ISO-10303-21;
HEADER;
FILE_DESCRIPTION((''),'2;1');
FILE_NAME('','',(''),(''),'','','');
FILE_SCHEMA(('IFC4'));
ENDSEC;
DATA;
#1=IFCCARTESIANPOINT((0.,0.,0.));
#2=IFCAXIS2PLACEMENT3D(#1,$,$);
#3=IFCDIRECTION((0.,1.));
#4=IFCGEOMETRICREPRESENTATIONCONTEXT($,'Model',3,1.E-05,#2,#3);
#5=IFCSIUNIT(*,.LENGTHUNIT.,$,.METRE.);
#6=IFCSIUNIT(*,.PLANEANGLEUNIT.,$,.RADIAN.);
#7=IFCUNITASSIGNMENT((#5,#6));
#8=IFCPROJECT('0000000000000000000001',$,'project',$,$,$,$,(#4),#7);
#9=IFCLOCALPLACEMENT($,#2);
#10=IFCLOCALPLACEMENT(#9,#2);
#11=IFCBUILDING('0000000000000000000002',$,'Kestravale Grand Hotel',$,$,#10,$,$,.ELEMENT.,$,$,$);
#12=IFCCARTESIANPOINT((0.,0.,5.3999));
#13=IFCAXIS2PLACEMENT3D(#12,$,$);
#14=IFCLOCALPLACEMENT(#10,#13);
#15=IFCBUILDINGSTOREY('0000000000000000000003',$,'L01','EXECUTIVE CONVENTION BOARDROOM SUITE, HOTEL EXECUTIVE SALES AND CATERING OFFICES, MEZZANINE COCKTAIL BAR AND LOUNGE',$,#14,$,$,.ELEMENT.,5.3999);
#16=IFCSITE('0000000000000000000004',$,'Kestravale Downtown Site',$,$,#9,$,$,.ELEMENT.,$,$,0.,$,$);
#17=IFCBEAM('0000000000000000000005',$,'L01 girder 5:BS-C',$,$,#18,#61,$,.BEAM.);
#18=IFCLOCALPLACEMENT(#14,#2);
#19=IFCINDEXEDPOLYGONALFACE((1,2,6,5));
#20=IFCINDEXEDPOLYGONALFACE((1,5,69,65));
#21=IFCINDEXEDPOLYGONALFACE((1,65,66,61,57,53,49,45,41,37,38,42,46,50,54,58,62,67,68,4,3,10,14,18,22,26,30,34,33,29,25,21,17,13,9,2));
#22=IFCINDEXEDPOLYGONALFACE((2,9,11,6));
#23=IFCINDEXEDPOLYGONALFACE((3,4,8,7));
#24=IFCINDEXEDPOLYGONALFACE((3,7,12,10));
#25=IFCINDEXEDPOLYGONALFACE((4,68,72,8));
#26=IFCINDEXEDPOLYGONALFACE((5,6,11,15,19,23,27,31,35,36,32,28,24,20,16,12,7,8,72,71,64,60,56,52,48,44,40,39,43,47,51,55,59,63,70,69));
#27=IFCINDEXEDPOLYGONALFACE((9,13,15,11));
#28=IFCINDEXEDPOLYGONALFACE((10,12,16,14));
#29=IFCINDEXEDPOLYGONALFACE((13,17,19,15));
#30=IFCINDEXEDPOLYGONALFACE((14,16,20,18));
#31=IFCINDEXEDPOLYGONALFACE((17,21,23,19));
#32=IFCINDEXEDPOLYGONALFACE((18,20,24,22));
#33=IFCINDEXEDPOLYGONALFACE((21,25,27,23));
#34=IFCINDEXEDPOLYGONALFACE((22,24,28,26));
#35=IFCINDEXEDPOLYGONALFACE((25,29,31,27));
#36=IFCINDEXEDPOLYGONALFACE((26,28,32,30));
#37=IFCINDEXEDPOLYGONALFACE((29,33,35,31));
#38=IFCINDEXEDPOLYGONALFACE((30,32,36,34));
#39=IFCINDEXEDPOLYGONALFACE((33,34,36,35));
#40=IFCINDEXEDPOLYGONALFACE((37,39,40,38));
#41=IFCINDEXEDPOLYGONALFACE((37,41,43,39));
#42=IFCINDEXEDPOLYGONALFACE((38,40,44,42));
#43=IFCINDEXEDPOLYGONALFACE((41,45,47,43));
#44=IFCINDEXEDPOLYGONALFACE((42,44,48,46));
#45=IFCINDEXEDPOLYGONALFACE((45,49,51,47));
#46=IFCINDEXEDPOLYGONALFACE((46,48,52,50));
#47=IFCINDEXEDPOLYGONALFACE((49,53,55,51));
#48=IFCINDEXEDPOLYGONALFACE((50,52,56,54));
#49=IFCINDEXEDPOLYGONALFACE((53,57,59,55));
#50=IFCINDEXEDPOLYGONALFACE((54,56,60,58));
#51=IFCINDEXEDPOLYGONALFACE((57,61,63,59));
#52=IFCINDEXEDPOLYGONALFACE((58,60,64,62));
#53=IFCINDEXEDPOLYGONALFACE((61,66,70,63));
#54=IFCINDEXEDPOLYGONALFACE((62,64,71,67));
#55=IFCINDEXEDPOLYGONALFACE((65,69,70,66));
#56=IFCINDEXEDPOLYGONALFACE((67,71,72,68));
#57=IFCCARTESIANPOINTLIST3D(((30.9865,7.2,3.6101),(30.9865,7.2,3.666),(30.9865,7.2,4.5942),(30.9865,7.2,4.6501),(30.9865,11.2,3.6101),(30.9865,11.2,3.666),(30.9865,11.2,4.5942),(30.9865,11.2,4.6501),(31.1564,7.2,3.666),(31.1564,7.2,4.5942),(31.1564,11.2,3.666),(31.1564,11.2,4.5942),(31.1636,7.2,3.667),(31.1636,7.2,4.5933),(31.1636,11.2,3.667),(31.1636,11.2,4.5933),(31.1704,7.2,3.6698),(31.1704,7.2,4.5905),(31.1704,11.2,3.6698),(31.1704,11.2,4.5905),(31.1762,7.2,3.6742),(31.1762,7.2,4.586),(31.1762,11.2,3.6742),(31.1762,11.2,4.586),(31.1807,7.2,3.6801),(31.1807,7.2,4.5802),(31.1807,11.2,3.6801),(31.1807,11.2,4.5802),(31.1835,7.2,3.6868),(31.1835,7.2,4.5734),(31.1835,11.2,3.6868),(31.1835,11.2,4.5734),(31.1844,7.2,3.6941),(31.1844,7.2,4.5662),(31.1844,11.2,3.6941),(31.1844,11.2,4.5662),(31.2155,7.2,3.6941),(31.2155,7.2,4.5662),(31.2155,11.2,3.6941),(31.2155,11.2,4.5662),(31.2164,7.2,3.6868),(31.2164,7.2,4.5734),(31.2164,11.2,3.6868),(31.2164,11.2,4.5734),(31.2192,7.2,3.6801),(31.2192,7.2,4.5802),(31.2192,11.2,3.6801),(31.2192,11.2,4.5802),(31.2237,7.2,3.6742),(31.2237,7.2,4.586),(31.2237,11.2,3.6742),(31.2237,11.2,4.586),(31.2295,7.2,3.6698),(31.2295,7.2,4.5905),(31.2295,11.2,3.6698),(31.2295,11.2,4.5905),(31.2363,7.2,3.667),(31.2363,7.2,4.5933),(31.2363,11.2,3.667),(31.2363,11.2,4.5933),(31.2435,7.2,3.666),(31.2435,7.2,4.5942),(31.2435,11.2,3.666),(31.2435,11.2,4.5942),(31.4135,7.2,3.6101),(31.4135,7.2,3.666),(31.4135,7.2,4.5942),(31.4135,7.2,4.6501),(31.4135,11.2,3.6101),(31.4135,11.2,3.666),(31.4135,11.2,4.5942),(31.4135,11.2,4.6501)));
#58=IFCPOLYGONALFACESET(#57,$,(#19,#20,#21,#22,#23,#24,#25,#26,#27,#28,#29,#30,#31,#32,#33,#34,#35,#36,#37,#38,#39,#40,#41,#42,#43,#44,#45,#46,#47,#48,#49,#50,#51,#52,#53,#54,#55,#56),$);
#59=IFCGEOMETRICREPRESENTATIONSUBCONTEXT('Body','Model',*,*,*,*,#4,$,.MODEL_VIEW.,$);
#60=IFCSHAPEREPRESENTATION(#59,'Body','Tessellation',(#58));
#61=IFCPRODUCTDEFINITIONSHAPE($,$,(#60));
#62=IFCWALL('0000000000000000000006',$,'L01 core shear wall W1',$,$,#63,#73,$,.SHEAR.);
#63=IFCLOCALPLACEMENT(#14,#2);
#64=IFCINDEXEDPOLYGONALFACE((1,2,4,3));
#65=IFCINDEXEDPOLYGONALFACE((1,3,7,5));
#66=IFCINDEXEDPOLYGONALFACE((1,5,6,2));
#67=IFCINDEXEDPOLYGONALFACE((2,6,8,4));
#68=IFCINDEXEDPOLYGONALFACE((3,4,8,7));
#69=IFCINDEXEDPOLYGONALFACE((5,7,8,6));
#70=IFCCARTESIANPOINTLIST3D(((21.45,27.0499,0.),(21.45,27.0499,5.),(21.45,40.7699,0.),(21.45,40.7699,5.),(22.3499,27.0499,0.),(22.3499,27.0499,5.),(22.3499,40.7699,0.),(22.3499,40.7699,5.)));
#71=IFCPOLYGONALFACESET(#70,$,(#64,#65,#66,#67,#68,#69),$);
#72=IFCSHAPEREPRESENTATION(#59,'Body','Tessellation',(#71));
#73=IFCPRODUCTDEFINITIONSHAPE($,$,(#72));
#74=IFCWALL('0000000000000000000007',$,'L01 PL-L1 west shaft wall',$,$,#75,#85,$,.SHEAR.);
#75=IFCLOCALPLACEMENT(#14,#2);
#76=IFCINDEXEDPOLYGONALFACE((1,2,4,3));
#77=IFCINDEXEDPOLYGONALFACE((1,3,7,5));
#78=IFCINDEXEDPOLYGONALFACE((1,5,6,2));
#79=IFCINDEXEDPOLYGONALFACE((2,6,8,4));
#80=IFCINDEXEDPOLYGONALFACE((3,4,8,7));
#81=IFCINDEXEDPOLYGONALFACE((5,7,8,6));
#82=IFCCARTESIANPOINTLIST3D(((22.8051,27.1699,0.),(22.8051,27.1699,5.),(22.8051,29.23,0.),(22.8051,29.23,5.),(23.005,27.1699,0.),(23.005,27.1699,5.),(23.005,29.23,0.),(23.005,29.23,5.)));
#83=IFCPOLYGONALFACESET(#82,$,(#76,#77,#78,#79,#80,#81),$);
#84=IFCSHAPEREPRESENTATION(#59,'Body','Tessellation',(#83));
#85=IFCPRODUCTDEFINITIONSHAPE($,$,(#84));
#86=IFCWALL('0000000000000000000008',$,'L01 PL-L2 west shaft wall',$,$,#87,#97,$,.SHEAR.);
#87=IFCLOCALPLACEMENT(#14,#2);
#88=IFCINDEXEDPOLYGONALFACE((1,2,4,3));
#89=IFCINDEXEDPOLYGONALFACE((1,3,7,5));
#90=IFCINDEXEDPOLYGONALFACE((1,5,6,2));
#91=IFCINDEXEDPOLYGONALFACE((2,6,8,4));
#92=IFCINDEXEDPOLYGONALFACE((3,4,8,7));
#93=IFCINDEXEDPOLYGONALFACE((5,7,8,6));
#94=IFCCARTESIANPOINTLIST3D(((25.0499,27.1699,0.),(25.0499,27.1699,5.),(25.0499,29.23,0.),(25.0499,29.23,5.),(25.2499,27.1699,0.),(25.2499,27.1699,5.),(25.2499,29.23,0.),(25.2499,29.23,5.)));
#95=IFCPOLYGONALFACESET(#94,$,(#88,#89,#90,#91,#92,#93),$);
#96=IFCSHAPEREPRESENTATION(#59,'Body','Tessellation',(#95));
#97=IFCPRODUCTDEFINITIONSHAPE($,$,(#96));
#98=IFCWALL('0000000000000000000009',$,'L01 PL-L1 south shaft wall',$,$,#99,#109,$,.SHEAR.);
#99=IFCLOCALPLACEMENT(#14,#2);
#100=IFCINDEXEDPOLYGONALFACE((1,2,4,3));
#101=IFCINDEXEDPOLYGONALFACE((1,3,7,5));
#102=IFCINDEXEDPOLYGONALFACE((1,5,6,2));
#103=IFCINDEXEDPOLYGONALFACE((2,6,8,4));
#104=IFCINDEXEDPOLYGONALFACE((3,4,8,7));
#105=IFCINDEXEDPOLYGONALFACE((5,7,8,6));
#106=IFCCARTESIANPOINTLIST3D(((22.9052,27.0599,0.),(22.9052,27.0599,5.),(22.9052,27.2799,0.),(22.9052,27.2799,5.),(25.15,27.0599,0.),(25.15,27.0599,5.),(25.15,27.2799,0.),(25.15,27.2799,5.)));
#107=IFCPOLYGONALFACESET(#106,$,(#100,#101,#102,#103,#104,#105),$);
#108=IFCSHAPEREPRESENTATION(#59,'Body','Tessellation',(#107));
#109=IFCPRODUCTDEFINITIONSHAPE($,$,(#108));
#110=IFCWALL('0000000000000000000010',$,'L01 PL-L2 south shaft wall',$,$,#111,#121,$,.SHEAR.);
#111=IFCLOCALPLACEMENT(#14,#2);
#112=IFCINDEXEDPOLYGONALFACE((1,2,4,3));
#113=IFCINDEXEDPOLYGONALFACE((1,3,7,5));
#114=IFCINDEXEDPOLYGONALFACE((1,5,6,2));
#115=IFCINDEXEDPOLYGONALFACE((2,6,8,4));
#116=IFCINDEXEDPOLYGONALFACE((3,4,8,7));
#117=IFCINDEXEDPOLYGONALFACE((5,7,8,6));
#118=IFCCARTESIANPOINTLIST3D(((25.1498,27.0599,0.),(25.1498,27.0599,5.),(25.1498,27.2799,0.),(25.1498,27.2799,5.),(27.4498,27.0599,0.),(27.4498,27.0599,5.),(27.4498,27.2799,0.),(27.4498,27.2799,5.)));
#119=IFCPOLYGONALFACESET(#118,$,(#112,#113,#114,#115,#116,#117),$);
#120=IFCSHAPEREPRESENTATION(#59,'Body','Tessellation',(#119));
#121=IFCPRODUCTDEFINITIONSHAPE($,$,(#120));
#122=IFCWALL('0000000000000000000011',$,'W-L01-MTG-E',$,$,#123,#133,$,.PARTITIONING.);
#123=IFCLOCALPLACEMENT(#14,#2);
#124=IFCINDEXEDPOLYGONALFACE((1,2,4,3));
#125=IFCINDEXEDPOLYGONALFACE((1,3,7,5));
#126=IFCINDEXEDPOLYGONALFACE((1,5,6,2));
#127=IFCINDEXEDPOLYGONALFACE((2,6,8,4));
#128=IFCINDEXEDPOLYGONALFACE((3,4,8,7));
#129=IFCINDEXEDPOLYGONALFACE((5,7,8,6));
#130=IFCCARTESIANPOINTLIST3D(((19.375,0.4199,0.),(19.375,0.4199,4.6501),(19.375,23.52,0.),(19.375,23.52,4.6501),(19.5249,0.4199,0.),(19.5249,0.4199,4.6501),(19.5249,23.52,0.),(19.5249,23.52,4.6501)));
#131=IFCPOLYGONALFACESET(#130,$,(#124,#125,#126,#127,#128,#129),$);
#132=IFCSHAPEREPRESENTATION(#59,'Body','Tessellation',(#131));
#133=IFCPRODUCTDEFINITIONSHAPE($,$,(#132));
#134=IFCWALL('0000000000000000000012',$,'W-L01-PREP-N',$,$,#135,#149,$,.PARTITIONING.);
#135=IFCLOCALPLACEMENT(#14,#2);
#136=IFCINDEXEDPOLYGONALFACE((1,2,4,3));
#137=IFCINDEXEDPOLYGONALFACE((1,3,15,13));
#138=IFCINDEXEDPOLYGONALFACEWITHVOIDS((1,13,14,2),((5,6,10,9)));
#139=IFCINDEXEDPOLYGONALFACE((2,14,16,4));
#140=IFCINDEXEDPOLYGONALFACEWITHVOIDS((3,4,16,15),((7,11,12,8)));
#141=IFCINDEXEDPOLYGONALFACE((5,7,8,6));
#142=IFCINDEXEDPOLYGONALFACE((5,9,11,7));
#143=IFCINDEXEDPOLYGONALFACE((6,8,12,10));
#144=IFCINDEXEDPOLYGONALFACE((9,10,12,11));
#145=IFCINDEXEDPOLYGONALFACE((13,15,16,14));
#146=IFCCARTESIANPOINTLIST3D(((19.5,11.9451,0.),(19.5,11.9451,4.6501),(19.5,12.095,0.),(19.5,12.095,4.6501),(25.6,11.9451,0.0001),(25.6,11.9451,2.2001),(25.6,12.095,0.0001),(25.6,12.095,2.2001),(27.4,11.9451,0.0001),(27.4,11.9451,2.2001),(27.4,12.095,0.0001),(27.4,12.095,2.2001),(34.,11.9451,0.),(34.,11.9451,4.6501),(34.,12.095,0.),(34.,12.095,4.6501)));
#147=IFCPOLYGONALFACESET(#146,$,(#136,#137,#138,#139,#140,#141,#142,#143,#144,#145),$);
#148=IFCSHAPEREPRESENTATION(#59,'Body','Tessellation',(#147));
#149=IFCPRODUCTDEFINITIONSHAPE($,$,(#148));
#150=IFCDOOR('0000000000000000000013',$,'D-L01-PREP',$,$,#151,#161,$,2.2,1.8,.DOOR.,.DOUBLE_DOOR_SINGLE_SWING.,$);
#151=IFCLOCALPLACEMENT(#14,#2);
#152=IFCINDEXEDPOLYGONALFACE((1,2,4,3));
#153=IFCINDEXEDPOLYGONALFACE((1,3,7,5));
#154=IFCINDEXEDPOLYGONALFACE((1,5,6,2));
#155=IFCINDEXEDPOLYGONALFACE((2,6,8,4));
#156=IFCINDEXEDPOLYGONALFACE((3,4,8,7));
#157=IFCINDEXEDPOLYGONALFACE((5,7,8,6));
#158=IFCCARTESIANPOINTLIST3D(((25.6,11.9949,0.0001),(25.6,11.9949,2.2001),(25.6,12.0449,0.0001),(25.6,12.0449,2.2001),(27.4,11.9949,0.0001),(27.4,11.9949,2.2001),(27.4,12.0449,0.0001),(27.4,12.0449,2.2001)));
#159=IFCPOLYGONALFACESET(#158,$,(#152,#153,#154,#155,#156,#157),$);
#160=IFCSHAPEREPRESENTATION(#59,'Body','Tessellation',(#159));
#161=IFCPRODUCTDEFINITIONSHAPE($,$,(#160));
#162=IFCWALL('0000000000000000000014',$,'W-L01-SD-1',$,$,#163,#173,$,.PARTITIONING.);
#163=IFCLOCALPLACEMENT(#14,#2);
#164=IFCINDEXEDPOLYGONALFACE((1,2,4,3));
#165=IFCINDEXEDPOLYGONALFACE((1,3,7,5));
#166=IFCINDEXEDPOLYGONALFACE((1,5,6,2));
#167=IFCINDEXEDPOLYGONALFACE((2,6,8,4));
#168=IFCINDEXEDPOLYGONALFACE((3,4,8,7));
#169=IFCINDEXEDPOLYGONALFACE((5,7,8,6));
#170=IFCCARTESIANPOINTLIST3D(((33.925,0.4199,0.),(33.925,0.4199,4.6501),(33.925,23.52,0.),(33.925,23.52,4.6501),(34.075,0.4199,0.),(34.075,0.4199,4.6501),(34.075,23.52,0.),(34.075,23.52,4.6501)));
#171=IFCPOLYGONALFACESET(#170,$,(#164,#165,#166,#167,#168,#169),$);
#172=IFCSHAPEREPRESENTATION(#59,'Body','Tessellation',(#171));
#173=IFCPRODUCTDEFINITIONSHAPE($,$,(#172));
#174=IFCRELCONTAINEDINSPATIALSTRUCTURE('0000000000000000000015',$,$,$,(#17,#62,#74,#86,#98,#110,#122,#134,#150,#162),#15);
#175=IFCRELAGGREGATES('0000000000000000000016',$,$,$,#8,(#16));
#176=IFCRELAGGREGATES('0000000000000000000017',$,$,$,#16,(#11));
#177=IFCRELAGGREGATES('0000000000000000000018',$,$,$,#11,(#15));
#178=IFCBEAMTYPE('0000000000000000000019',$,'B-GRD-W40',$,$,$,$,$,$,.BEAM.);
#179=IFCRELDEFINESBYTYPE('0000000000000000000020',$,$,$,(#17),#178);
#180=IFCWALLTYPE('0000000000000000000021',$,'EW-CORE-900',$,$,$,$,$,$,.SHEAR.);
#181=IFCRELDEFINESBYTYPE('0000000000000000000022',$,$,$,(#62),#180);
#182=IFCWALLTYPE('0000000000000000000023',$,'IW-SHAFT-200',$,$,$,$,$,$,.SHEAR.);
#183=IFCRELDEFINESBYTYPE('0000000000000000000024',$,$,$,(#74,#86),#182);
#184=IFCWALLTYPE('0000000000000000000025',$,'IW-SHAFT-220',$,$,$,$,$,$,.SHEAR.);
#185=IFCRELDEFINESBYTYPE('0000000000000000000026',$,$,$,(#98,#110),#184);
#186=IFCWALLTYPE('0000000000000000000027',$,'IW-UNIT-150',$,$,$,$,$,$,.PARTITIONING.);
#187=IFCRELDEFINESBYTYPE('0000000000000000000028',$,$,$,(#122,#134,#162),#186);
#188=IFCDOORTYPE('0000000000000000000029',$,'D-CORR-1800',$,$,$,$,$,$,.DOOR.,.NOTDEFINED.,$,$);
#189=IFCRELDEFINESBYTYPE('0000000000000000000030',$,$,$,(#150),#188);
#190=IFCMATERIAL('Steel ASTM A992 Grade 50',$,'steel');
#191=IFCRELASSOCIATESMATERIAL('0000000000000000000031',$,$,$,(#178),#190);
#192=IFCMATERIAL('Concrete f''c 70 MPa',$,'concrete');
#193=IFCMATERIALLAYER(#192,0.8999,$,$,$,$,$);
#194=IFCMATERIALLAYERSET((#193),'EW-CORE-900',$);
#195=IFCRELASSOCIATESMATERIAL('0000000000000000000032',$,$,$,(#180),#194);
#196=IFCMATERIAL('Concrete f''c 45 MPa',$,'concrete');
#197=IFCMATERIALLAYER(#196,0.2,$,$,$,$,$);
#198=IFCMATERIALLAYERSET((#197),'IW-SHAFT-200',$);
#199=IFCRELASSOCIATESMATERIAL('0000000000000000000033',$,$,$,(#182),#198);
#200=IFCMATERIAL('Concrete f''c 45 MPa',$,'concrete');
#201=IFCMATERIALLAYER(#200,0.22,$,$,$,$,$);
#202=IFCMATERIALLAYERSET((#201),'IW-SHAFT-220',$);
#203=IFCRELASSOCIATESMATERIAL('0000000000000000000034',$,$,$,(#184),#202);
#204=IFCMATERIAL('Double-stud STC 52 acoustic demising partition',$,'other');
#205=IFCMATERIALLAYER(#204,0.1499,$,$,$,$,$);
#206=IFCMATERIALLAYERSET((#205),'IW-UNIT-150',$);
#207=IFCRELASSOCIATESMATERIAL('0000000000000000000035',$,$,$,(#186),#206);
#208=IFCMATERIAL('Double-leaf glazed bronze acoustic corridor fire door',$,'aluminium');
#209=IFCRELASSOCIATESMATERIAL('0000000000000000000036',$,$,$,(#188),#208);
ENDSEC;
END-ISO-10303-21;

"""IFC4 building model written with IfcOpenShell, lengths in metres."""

from ifc_helpers import new_model, si_unit, direction, frame, frame_2d, origin, origin_2d, place, context, subcontext, project, spatial, rectangle, i_section, extrude, material, layer, layer_set, material_profile, profile_set, type_object, element, fill, save


model = new_model("IFC4")

# Units and contexts
model_context = context("Model", 3, precision=1e-05, world=origin(), true_north=direction((0.0, 1.0)))
body_context = subcontext(model_context, "Body", "Model", "MODEL_VIEW")
ifc_project = project(units=[si_unit("LENGTHUNIT", "METRE"), si_unit("PLANEANGLEUNIT", "RADIAN")], contexts=[model_context])

# Site, building, storey
site_placement = place(None, origin())
site = spatial("IfcSite", under=ifc_project, at=site_placement, Name="Kestravale Downtown Site", CompositionType="ELEMENT", RefElevation=0.0)
building_placement = place(site_placement, origin())
building = spatial("IfcBuilding", under=site, at=building_placement, Name="Kestravale Grand Hotel", CompositionType="ELEMENT")
storey_placement = place(building_placement, frame((0.0, 0.0, 5.3999)))
storey = spatial("IfcBuildingStorey", under=building, at=storey_placement, Name="L01", Description="EXECUTIVE CONVENTION BOARDROOM SUITE, HOTEL EXECUTIVE SALES AND CATERING OFFICES, MEZZANINE COCKTAIL BAR AND LOUNGE", CompositionType="ELEMENT", Elevation=5.3999)

# Beam
ifc_material_1 = material(Name="Steel ASTM A992 Grade 50", Category="steel")
ifc_material_profile_1 = material_profile(ifc_material_1, i_section(OverallWidth=0.427, OverallDepth=1.04, WebThickness=0.031, FlangeThickness=0.0559, FilletRadius=0.0281, at=origin_2d()))
ifc_profile_set_1 = profile_set([ifc_material_profile_1], Name="Steel ASTM A992 Grade 50")
beam_type_1 = type_object("IfcBeamType", Name="B-GRD-W40", PredefinedType="BEAM", material=ifc_profile_set_1)
beam_1_placement = place(storey_placement, frame((31.2, 7.2, 4.1301), z_axis=(0.0, 1.0, 0.0), x_axis=(-1.0, 0.0, 0.0)))
element("IfcBeam", 1, at=beam_1_placement, inside=storey, type_object=beam_type_1, Name="L01 girder 5:BS-C", PredefinedType="BEAM", context=body_context, shape_type="SweptSolid", body=[
    extrude(i_section(OverallWidth=0.427, OverallDepth=1.04, WebThickness=0.031, FlangeThickness=0.0559, FilletRadius=0.0281, at=origin_2d()), origin(), (0.0, 0.0, 1.0), 4.0),
])

# Walls
ifc_material_2 = material(Name="Concrete f'c 70 MPa", Category="concrete")
ifc_layer_1 = layer(ifc_material_2, 0.8999)
ifc_layer_set_1 = layer_set([ifc_layer_1], Name="EW-CORE-900")
wall_type_1 = type_object("IfcWallType", Name="EW-CORE-900", PredefinedType="SHEAR", material=ifc_layer_set_1)
wall_1_placement = place(storey_placement, frame((21.8999, 27.05, 0.0), z_axis=(0.0, 0.0, 1.0), x_axis=(0.0, 1.0, 0.0)))
element("IfcWall", 2, at=wall_1_placement, inside=storey, type_object=wall_type_1, Name="L01 core shear wall W1", PredefinedType="SHEAR", context=body_context, shape_type="SweptSolid", body=[
    extrude(rectangle(XDim=13.72, YDim=0.8999, at=frame_2d((6.8599, 0.0))), origin(), (0.0, 0.0, 1.0), 5.0),
])
ifc_material_3 = material(Name="Concrete f'c 45 MPa", Category="concrete")
ifc_layer_2 = layer(ifc_material_3, 0.2)
ifc_layer_set_2 = layer_set([ifc_layer_2], Name="IW-SHAFT-200")
wall_type_2 = type_object("IfcWallType", Name="IW-SHAFT-200", PredefinedType="SHEAR", material=ifc_layer_set_2)
for number, where, z_axis, x_axis, name in (
    (3, (22.905, 27.1699, 0.0), (0.0, 0.0, 1.0), (0.0, 1.0, 0.0), "L01 PL-L1 west shaft wall"),
    (4, (25.1499, 27.1699, 0.0), (0.0, 0.0, 1.0), (0.0, 1.0, 0.0), "L01 PL-L2 west shaft wall"),
):
    element("IfcWall", number, at=place(storey_placement, frame(where, z_axis=z_axis, x_axis=x_axis)), inside=storey, type_object=wall_type_2, Name=name, PredefinedType="SHEAR", context=body_context, shape_type="SweptSolid", body=[
        extrude(rectangle(XDim=2.0601, YDim=0.2, at=frame_2d((1.03, 0.0))), origin(), (0.0, 0.0, 1.0), 5.0),
    ])
ifc_material_4 = material(Name="Concrete f'c 45 MPa", Category="concrete")
ifc_layer_3 = layer(ifc_material_4, 0.22)
ifc_layer_set_3 = layer_set([ifc_layer_3], Name="IW-SHAFT-220")
wall_type_3 = type_object("IfcWallType", Name="IW-SHAFT-220", PredefinedType="SHEAR", material=ifc_layer_set_3)
wall_2_placement = place(storey_placement, frame((22.905, 27.1699, 0.0), z_axis=(0.0, 0.0, 1.0), x_axis=(1.0, 0.0, 0.0)))
element("IfcWall", 5, at=wall_2_placement, inside=storey, type_object=wall_type_3, Name="L01 PL-L1 south shaft wall", PredefinedType="SHEAR", context=body_context, shape_type="SweptSolid", body=[
    extrude(rectangle(XDim=2.2449, YDim=0.22, at=frame_2d((1.1226, 0.0))), origin(), (0.0, 0.0, 1.0), 5.0),
])
wall_3_placement = place(storey_placement, frame((25.1499, 27.1699, 0.0), z_axis=(0.0, 0.0, 1.0), x_axis=(1.0, 0.0, 0.0)))
element("IfcWall", 6, at=wall_3_placement, inside=storey, type_object=wall_type_3, Name="L01 PL-L2 south shaft wall", PredefinedType="SHEAR", context=body_context, shape_type="SweptSolid", body=[
    extrude(rectangle(XDim=2.3, YDim=0.22, at=frame_2d((1.1499, 0.0))), origin(), (0.0, 0.0, 1.0), 5.0),
])
ifc_material_5 = material(Name="Double-stud STC 52 acoustic demising partition", Category="other")
ifc_layer_4 = layer(ifc_material_5, 0.1499)
ifc_layer_set_4 = layer_set([ifc_layer_4], Name="IW-UNIT-150")
wall_type_4 = type_object("IfcWallType", Name="IW-UNIT-150", PredefinedType="PARTITIONING", material=ifc_layer_set_4)
wall_4_placement = place(storey_placement, frame((19.45, 0.4199, 0.0), z_axis=(0.0, 0.0, 1.0), x_axis=(0.0, 1.0, 0.0)))
element("IfcWall", 7, at=wall_4_placement, inside=storey, type_object=wall_type_4, Name="W-L01-MTG-E", PredefinedType="PARTITIONING", context=body_context, shape_type="SweptSolid", body=[
    extrude(rectangle(XDim=23.1001, YDim=0.1499, at=frame_2d((11.55, 0.0))), origin(), (0.0, 0.0, 1.0), 4.6501),
])

# Wall, opening, door
wall_5_placement = place(storey_placement, frame((19.5, 12.02, 0.0), z_axis=(0.0, 0.0, 1.0), x_axis=(1.0, 0.0, 0.0)))
wall_5 = element("IfcWall", 8, at=wall_5_placement, inside=storey, type_object=wall_type_4, Name="W-L01-PREP-N", PredefinedType="PARTITIONING", context=body_context, shape_type="SweptSolid", body=[
    extrude(rectangle(XDim=14.5, YDim=0.1499, at=frame_2d((7.25, 0.0))), origin(), (0.0, 0.0, 1.0), 4.6501),
])
opening_placement = place(wall_5_placement, frame((6.1001, 0.0, 0.0)))
opening = element("IfcOpeningElement", 9, at=opening_placement, cuts=wall_5, PredefinedType="OPENING", context=body_context, shape_type="SweptSolid", body=[
    extrude(rectangle(XDim=1.8, YDim=2.2, at=frame_2d((0.8999, 1.1001))), frame((0.0, 0.085, 0.0), z_axis=(0.0, -1.0, 0.0), x_axis=(1.0, 0.0, 0.0)), (0.0, 0.0, 1.0), 0.1699),
])
ifc_material_6 = material(Name="Double-leaf glazed bronze acoustic corridor fire door", Category="aluminium")
door_type = type_object("IfcDoorType", Name="D-CORR-1800", OperationType="NOTDEFINED", PredefinedType="DOOR", material=ifc_material_6)
door_placement = place(opening_placement, origin())
door = element("IfcDoor", 10, at=door_placement, inside=storey, type_object=door_type, Name="D-L01-PREP", OperationType="DOUBLE_DOOR_SINGLE_SWING", OverallHeight=2.2, OverallWidth=1.8, PredefinedType="DOOR", context=body_context, shape_type="SweptSolid", body=[
    extrude(rectangle(XDim=1.8, YDim=2.2, at=frame_2d((0.8999, 1.1001))), frame((0.0, 0.0249, 0.0), z_axis=(0.0, -1.0, 0.0), x_axis=(1.0, 0.0, 0.0)), (0.0, 0.0, 1.0), 0.05),
])
fill(opening, door)

# Wall
wall_6_placement = place(storey_placement, frame((34.0, 0.4199, 0.0), z_axis=(0.0, 0.0, 1.0), x_axis=(0.0, 1.0, 0.0)))
element("IfcWall", 11, at=wall_6_placement, inside=storey, type_object=wall_type_4, Name="W-L01-SD-1", PredefinedType="PARTITIONING", context=body_context, shape_type="SweptSolid", body=[
    extrude(rectangle(XDim=23.1001, YDim=0.1499, at=frame_2d((11.55, 0.0))), origin(), (0.0, 0.0, 1.0), 4.6501),
])

save(model, "model.ifc")
